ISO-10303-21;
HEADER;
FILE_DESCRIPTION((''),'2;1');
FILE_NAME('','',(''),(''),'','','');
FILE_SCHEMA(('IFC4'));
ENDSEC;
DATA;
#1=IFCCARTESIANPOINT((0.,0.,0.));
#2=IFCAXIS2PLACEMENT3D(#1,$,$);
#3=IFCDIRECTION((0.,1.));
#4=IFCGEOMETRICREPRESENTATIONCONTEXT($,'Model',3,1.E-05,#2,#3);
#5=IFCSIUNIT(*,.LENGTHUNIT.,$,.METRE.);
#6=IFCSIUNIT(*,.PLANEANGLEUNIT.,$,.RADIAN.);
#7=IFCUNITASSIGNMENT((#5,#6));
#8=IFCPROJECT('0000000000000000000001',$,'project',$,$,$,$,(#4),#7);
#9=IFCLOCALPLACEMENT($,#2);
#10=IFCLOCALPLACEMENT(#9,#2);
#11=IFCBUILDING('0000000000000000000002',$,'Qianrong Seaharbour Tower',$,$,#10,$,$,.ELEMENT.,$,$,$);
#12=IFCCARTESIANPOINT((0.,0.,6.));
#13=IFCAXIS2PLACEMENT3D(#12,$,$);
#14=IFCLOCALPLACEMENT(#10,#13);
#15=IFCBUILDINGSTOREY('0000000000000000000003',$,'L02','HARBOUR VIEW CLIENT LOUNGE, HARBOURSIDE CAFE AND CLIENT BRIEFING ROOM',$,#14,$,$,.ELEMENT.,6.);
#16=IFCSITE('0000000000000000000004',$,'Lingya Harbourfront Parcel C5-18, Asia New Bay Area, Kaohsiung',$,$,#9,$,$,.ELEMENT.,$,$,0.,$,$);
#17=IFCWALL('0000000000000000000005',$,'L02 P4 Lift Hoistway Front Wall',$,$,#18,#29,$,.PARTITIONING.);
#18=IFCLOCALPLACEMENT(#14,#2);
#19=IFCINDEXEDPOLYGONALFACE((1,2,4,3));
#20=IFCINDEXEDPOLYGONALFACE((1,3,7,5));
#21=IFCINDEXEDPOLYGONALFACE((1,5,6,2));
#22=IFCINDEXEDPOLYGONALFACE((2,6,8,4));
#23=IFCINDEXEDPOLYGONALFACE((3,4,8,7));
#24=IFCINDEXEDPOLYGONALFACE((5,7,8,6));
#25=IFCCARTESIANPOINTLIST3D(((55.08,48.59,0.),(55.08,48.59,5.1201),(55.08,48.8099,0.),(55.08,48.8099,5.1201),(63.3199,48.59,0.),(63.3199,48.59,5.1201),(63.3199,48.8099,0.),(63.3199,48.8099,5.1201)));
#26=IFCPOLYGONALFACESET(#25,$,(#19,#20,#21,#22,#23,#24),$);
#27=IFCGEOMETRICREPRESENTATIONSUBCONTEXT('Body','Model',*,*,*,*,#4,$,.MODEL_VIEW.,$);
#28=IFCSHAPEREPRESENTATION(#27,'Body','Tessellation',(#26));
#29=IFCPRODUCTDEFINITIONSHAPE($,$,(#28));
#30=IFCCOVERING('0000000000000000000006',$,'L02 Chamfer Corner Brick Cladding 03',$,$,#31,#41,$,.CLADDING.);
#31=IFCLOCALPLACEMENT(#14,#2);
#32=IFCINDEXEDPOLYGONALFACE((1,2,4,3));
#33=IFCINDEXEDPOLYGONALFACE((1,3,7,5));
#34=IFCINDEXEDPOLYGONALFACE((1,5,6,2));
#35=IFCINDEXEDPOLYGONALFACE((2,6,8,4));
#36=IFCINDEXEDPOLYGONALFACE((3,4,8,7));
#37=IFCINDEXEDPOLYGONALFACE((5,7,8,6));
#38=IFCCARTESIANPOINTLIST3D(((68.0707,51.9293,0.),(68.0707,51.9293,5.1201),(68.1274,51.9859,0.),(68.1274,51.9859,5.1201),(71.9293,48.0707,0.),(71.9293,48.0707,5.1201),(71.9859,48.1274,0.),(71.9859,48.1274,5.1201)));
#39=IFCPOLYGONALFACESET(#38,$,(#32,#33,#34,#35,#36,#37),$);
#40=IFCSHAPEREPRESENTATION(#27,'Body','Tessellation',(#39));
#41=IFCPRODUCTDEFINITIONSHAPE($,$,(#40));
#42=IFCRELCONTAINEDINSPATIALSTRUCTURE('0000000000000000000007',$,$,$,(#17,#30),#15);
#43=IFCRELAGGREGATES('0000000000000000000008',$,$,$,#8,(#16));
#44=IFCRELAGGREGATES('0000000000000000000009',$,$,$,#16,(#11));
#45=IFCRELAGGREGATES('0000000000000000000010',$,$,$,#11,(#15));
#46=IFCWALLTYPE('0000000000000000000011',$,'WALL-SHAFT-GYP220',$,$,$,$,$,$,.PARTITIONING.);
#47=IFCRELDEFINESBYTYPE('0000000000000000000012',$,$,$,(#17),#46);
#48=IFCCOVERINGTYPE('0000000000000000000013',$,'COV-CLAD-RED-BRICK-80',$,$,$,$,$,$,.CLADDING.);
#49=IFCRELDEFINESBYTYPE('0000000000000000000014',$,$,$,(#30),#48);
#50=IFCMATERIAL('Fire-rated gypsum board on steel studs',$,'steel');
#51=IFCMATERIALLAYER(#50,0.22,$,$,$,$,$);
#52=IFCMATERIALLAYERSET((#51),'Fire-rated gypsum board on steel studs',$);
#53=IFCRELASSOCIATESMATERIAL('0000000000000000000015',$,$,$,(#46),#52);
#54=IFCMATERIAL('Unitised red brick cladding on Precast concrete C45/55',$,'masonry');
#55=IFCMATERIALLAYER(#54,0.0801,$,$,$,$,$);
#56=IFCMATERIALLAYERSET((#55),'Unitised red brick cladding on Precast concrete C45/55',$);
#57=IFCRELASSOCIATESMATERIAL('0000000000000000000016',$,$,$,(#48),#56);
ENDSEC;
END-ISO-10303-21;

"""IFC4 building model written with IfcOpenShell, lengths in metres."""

from ifc_helpers import new_model, si_unit, direction, frame, frame_2d, origin, origin_2d, place, context, subcontext, project, spatial, rectangle, extrude, material, layer, layer_set, type_object, element, save


model = new_model("IFC4")

# Units and contexts
model_context = context("Model", 3, precision=1e-05, world=origin(), true_north=direction((0.0, 1.0)))
body_context = subcontext(model_context, "Body", "Model", "MODEL_VIEW")
ifc_project = project(units=[si_unit("LENGTHUNIT", "METRE"), si_unit("PLANEANGLEUNIT", "RADIAN")], contexts=[model_context])

# Site, building, storey
site_placement = place(None, origin())
site = spatial("IfcSite", under=ifc_project, at=site_placement, Name="Lingya Harbourfront Parcel C5-18, Asia New Bay Area, Kaohsiung", CompositionType="ELEMENT", RefElevation=0.0)
building_placement = place(site_placement, origin())
building = spatial("IfcBuilding", under=site, at=building_placement, Name="Qianrong Seaharbour Tower", CompositionType="ELEMENT")
storey_placement = place(building_placement, frame((0.0, 0.0, 6.0)))
storey = spatial("IfcBuildingStorey", under=building, at=storey_placement, Name="L02", Description="HARBOUR VIEW CLIENT LOUNGE, HARBOURSIDE CAFE AND CLIENT BRIEFING ROOM", CompositionType="ELEMENT", Elevation=6.0)

# Wall
ifc_material_1 = material(Name="Fire-rated gypsum board on steel studs", Category="steel")
ifc_layer_1 = layer(ifc_material_1, 0.22)
ifc_layer_set_1 = layer_set([ifc_layer_1], Name="Fire-rated gypsum board on steel studs")
wall_type_1 = type_object("IfcWallType", Name="WALL-SHAFT-GYP220", PredefinedType="PARTITIONING", material=ifc_layer_set_1)
for number, where, z_axis, x_axis, name in (
    (1, (63.3201, 48.7, 0.0), (0.0, 0.0, 1.0), (-1.0, 0.0, 0.0), "L02 P4 Lift Hoistway Front Wall"),
):
    element("IfcWall", number, at=place(storey_placement, frame(where, z_axis=z_axis, x_axis=x_axis)), inside=storey, type_object=wall_type_1, Name=name, PredefinedType="PARTITIONING", context=body_context, shape_type="SweptSolid", body=[
        extrude(rectangle(XDim=8.24, YDim=0.22, at=frame_2d((4.1201, 0.0))), origin(), (0.0, 0.0, 1.0), 5.1201),
    ])

# Covering
ifc_material_2 = material(Name="Unitised red brick cladding on Precast concrete C45/55", Category="masonry")
ifc_layer_2 = layer(ifc_material_2, 0.0801)
ifc_layer_set_2 = layer_set([ifc_layer_2], Name="Unitised red brick cladding on Precast concrete C45/55")
covering_type = type_object("IfcCoveringType", Name="COV-CLAD-RED-BRICK-80", PredefinedType="CLADDING", material=ifc_layer_set_2)
covering_placement = place(storey_placement, frame((70.0283, 50.0283, 0.0), z_axis=(0.0, 0.0, 1.0), x_axis=(0.707107, -0.707107, 0.0)))
element("IfcCovering", 2, at=covering_placement, inside=storey, type_object=covering_type, Name="L02 Chamfer Corner Brick Cladding 03", PredefinedType="CLADDING", context=body_context, shape_type="SweptSolid", body=[
    extrude(rectangle(XDim=5.4568, YDim=0.0801, at=origin_2d()), origin(), (0.0, 0.0, 1.0), 5.1201),
])

save(model, "model.ifc")
